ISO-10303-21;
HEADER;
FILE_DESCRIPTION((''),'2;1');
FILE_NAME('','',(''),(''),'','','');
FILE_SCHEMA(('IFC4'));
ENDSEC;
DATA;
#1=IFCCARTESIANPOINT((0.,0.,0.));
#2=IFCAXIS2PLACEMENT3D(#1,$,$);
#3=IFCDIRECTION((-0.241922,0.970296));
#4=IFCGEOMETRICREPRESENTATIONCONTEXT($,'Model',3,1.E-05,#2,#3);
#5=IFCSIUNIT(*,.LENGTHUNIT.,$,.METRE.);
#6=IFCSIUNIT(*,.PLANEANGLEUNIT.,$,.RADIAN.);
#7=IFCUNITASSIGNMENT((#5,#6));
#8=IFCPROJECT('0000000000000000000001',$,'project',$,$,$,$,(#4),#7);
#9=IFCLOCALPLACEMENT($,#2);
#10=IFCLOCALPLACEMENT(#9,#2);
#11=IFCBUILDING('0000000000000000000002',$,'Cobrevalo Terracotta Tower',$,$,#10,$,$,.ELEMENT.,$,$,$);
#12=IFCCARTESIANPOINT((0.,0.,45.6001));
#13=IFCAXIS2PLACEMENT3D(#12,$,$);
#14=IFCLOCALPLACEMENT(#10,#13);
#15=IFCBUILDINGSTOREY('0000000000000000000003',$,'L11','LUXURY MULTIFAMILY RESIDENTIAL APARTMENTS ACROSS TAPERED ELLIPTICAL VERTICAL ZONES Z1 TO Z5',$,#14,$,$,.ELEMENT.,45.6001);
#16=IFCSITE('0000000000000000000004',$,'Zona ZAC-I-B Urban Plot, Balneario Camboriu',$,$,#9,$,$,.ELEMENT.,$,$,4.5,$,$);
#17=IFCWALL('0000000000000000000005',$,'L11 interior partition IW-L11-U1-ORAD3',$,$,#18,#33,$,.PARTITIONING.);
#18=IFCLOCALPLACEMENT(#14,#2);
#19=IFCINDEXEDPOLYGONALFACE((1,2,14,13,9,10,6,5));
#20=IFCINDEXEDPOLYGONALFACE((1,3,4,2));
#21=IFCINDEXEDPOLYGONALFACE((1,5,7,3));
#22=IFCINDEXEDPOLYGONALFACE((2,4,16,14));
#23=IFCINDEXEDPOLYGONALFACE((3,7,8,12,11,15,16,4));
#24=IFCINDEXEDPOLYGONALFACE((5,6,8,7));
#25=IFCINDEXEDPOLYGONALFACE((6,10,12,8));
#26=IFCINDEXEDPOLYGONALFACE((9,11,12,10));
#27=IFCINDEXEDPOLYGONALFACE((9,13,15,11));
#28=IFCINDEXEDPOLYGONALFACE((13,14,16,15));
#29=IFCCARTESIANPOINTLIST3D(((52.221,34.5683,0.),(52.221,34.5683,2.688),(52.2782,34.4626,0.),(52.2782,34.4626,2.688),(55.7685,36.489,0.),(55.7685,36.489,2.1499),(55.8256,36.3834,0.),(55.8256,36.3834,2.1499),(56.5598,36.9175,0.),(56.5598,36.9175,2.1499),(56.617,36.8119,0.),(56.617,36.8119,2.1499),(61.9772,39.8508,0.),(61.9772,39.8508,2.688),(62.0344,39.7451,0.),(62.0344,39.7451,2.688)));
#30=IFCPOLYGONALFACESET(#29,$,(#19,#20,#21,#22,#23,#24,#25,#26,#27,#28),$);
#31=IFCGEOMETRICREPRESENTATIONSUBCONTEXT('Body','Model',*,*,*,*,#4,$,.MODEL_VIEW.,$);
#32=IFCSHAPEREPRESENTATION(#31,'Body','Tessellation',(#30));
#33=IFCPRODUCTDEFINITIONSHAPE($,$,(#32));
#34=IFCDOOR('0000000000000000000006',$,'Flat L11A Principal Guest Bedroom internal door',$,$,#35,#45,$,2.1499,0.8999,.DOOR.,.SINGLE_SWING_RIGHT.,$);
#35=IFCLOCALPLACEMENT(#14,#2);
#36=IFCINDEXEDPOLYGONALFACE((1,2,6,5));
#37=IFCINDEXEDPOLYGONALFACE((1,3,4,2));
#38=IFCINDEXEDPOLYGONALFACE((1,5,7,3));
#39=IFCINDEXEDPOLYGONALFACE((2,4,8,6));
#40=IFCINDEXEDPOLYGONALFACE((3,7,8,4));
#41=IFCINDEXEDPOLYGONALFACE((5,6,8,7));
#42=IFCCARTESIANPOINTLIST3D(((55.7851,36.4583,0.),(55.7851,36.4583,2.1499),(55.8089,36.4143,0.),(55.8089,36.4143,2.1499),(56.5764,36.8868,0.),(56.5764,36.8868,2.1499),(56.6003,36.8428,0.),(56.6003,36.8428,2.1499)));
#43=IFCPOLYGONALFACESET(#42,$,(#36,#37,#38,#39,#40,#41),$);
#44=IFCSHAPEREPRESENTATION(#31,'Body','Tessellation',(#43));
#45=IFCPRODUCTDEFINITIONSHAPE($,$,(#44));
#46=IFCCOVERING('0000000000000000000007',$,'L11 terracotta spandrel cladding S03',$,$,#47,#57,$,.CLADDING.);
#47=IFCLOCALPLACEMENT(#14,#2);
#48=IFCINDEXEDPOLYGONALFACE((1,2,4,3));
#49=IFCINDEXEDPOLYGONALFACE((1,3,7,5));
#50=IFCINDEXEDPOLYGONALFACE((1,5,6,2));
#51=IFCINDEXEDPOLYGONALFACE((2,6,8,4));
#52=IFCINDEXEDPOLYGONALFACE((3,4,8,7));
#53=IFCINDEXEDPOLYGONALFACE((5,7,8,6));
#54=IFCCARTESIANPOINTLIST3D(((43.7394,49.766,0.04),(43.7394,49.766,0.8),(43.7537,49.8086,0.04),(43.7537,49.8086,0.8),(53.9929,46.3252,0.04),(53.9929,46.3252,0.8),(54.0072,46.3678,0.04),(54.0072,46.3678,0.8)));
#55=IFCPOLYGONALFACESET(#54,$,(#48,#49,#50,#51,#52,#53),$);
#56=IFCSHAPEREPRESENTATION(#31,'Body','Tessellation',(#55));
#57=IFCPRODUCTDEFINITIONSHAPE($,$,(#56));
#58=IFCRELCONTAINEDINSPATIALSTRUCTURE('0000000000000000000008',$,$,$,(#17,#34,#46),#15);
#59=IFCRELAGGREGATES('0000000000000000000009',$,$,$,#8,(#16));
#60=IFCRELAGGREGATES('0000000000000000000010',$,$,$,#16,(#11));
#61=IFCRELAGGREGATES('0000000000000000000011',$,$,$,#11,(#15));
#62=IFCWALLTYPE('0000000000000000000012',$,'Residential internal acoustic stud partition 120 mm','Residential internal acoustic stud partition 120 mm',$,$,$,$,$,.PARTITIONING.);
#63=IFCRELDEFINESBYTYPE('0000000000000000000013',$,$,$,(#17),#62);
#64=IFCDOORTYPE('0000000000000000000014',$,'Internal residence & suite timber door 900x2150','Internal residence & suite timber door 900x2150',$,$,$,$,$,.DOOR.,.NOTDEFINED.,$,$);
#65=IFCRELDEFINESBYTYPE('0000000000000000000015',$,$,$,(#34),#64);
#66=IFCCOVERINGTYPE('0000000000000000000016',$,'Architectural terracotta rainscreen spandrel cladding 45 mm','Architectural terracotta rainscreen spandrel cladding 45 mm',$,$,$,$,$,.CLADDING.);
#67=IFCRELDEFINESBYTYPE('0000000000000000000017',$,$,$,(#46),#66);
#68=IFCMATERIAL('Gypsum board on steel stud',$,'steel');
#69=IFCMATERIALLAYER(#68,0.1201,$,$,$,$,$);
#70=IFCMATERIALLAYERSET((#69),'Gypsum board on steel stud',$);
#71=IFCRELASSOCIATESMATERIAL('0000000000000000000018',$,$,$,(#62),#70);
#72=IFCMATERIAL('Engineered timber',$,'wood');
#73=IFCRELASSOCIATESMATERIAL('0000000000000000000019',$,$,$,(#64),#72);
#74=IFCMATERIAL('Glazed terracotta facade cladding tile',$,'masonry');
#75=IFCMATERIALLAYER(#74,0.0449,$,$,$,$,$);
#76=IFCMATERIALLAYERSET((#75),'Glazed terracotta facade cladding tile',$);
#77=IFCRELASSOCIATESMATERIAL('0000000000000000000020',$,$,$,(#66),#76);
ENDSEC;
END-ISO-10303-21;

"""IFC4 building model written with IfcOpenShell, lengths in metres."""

from ifc_helpers import new_model, si_unit, direction, frame, frame_2d, origin, origin_2d, place, context, subcontext, project, spatial, rectangle, extrude, source, transform, mapped, material, layer, layer_set, type_object, element, fill, save


model = new_model("IFC4")

# Units and contexts
model_context = context("Model", 3, precision=1e-05, world=origin(), true_north=direction((-0.241922, 0.970296)))
body_context = subcontext(model_context, "Body", "Model", "MODEL_VIEW")
ifc_project = project(units=[si_unit("LENGTHUNIT", "METRE"), si_unit("PLANEANGLEUNIT", "RADIAN")], contexts=[model_context])

# Site, building, storey
site_placement = place(None, origin())
site = spatial("IfcSite", under=ifc_project, at=site_placement, Name="Zona ZAC-I-B Urban Plot, Balneario Camboriu", CompositionType="ELEMENT", RefElevation=4.5)
building_placement = place(site_placement, origin())
building = spatial("IfcBuilding", under=site, at=building_placement, Name="Cobrevalo Terracotta Tower", CompositionType="ELEMENT")
storey_placement = place(building_placement, frame((0.0, 0.0, 45.6001)))
storey = spatial("IfcBuildingStorey", under=building, at=storey_placement, Name="L11", Description="LUXURY MULTIFAMILY RESIDENTIAL APARTMENTS ACROSS TAPERED ELLIPTICAL VERTICAL ZONES Z1 TO Z5", CompositionType="ELEMENT", Elevation=45.6001)

# Shared definitions
ifc_material_1 = material(Name="Gypsum board on steel stud", Category="steel")
ifc_layer_1 = layer(ifc_material_1, 0.1201)
ifc_layer_set_1 = layer_set([ifc_layer_1], Name="Gypsum board on steel stud")
wall_type_1 = type_object("IfcWallType", Name="Residential internal acoustic stud partition 120 mm", Description="Residential internal acoustic stud partition 120 mm", PredefinedType="PARTITIONING", material=ifc_layer_set_1)
ifc_material_2 = material(Name="Engineered timber", Category="wood")
door_type_1 = type_object("IfcDoorType", Name="Internal residence & suite timber door 900x2150", Description="Internal residence & suite timber door 900x2150", OperationType="NOTDEFINED", PredefinedType="DOOR", material=ifc_material_2)
shared_shape_1 = source(origin(), body_context, "Body", "SweptSolid", [
    extrude(rectangle(XDim=0.8999, YDim=2.1499, at=frame_2d((0.45, 1.075))), frame((0.0, 0.0249, 0.0), z_axis=(0.0, -1.0, 0.0), x_axis=(1.0, 0.0, 0.0)), (0.0, 0.0, 1.0), 0.05),
])

# Wall, opening, door
wall_1_placement = place(storey_placement, frame((52.2495, 34.5154, 0.0), z_axis=(0.0, 0.0, 1.0), x_axis=(0.879371, 0.476138, 0.0)))
wall_1 = element("IfcWall", 1, at=wall_1_placement, inside=storey, type_object=wall_type_1, Name="L11 interior partition IW-L11-U1-ORAD3", PredefinedType="PARTITIONING", context=body_context, shape_type="SweptSolid", body=[
    extrude(rectangle(XDim=11.0945, YDim=0.1201, at=frame_2d((5.5474, 0.0))), origin(), (0.0, 0.0, 1.0), 2.688),
])
opening_1_placement = place(wall_1_placement, frame((4.0342, 0.0, 0.0)))
opening_1 = element("IfcOpeningElement", 2, at=opening_1_placement, cuts=wall_1, PredefinedType="OPENING", context=body_context, shape_type="SweptSolid", body=[
    extrude(rectangle(XDim=0.8999, YDim=2.1499, at=frame_2d((0.45, 1.075))), frame((0.0, 0.0701, 0.0), z_axis=(0.0, -1.0, 0.0), x_axis=(1.0, 0.0, 0.0)), (0.0, 0.0, 1.0), 0.1401),
])
door_1_placement = place(opening_1_placement, frame((0.8999, 0.0, 0.0), z_axis=(0.0, 0.0, 1.0), x_axis=(-1.0, 0.0, 0.0)))
door_1 = element("IfcDoor", 3, at=door_1_placement, inside=storey, type_object=door_type_1, Name="Flat L11A Principal Guest Bedroom internal door", OperationType="SINGLE_SWING_RIGHT", OverallHeight=2.1499, OverallWidth=0.8999, PredefinedType="DOOR", context=body_context, shape_type="MappedRepresentation", body=[
    mapped(shared_shape_1, transform((0.0, 0.0, 0.0), scale=1.0)),
])
fill(opening_1, door_1)

# Covering
ifc_material_3 = material(Name="Glazed terracotta facade cladding tile", Category="masonry")
ifc_layer_2 = layer(ifc_material_3, 0.0449)
ifc_layer_set_2 = layer_set([ifc_layer_2], Name="Glazed terracotta facade cladding tile")
covering_type = type_object("IfcCoveringType", Name="Architectural terracotta rainscreen spandrel cladding 45 mm", Description="Architectural terracotta rainscreen spandrel cladding 45 mm", PredefinedType="CLADDING", material=ifc_layer_set_2)
shared_shape_2 = source(origin(), body_context, "Body", "SweptSolid", [
    extrude(rectangle(XDim=10.8154, YDim=0.0449, at=origin_2d()), origin(), (0.0, 0.0, 1.0), 0.76),
])
covering_placement = place(storey_placement, frame((48.8733, 48.0669, 0.04), z_axis=(0.0, 0.0, 1.0), x_axis=(-0.948044, 0.318139, 0.0)))
element("IfcCovering", 4, at=covering_placement, inside=storey, type_object=covering_type, Name="L11 terracotta spandrel cladding S03", PredefinedType="CLADDING", context=body_context, shape_type="MappedRepresentation", body=[
    mapped(shared_shape_2, transform((0.0, 0.0, 0.0), scale=1.0)),
])

save(model, "model.ifc")
